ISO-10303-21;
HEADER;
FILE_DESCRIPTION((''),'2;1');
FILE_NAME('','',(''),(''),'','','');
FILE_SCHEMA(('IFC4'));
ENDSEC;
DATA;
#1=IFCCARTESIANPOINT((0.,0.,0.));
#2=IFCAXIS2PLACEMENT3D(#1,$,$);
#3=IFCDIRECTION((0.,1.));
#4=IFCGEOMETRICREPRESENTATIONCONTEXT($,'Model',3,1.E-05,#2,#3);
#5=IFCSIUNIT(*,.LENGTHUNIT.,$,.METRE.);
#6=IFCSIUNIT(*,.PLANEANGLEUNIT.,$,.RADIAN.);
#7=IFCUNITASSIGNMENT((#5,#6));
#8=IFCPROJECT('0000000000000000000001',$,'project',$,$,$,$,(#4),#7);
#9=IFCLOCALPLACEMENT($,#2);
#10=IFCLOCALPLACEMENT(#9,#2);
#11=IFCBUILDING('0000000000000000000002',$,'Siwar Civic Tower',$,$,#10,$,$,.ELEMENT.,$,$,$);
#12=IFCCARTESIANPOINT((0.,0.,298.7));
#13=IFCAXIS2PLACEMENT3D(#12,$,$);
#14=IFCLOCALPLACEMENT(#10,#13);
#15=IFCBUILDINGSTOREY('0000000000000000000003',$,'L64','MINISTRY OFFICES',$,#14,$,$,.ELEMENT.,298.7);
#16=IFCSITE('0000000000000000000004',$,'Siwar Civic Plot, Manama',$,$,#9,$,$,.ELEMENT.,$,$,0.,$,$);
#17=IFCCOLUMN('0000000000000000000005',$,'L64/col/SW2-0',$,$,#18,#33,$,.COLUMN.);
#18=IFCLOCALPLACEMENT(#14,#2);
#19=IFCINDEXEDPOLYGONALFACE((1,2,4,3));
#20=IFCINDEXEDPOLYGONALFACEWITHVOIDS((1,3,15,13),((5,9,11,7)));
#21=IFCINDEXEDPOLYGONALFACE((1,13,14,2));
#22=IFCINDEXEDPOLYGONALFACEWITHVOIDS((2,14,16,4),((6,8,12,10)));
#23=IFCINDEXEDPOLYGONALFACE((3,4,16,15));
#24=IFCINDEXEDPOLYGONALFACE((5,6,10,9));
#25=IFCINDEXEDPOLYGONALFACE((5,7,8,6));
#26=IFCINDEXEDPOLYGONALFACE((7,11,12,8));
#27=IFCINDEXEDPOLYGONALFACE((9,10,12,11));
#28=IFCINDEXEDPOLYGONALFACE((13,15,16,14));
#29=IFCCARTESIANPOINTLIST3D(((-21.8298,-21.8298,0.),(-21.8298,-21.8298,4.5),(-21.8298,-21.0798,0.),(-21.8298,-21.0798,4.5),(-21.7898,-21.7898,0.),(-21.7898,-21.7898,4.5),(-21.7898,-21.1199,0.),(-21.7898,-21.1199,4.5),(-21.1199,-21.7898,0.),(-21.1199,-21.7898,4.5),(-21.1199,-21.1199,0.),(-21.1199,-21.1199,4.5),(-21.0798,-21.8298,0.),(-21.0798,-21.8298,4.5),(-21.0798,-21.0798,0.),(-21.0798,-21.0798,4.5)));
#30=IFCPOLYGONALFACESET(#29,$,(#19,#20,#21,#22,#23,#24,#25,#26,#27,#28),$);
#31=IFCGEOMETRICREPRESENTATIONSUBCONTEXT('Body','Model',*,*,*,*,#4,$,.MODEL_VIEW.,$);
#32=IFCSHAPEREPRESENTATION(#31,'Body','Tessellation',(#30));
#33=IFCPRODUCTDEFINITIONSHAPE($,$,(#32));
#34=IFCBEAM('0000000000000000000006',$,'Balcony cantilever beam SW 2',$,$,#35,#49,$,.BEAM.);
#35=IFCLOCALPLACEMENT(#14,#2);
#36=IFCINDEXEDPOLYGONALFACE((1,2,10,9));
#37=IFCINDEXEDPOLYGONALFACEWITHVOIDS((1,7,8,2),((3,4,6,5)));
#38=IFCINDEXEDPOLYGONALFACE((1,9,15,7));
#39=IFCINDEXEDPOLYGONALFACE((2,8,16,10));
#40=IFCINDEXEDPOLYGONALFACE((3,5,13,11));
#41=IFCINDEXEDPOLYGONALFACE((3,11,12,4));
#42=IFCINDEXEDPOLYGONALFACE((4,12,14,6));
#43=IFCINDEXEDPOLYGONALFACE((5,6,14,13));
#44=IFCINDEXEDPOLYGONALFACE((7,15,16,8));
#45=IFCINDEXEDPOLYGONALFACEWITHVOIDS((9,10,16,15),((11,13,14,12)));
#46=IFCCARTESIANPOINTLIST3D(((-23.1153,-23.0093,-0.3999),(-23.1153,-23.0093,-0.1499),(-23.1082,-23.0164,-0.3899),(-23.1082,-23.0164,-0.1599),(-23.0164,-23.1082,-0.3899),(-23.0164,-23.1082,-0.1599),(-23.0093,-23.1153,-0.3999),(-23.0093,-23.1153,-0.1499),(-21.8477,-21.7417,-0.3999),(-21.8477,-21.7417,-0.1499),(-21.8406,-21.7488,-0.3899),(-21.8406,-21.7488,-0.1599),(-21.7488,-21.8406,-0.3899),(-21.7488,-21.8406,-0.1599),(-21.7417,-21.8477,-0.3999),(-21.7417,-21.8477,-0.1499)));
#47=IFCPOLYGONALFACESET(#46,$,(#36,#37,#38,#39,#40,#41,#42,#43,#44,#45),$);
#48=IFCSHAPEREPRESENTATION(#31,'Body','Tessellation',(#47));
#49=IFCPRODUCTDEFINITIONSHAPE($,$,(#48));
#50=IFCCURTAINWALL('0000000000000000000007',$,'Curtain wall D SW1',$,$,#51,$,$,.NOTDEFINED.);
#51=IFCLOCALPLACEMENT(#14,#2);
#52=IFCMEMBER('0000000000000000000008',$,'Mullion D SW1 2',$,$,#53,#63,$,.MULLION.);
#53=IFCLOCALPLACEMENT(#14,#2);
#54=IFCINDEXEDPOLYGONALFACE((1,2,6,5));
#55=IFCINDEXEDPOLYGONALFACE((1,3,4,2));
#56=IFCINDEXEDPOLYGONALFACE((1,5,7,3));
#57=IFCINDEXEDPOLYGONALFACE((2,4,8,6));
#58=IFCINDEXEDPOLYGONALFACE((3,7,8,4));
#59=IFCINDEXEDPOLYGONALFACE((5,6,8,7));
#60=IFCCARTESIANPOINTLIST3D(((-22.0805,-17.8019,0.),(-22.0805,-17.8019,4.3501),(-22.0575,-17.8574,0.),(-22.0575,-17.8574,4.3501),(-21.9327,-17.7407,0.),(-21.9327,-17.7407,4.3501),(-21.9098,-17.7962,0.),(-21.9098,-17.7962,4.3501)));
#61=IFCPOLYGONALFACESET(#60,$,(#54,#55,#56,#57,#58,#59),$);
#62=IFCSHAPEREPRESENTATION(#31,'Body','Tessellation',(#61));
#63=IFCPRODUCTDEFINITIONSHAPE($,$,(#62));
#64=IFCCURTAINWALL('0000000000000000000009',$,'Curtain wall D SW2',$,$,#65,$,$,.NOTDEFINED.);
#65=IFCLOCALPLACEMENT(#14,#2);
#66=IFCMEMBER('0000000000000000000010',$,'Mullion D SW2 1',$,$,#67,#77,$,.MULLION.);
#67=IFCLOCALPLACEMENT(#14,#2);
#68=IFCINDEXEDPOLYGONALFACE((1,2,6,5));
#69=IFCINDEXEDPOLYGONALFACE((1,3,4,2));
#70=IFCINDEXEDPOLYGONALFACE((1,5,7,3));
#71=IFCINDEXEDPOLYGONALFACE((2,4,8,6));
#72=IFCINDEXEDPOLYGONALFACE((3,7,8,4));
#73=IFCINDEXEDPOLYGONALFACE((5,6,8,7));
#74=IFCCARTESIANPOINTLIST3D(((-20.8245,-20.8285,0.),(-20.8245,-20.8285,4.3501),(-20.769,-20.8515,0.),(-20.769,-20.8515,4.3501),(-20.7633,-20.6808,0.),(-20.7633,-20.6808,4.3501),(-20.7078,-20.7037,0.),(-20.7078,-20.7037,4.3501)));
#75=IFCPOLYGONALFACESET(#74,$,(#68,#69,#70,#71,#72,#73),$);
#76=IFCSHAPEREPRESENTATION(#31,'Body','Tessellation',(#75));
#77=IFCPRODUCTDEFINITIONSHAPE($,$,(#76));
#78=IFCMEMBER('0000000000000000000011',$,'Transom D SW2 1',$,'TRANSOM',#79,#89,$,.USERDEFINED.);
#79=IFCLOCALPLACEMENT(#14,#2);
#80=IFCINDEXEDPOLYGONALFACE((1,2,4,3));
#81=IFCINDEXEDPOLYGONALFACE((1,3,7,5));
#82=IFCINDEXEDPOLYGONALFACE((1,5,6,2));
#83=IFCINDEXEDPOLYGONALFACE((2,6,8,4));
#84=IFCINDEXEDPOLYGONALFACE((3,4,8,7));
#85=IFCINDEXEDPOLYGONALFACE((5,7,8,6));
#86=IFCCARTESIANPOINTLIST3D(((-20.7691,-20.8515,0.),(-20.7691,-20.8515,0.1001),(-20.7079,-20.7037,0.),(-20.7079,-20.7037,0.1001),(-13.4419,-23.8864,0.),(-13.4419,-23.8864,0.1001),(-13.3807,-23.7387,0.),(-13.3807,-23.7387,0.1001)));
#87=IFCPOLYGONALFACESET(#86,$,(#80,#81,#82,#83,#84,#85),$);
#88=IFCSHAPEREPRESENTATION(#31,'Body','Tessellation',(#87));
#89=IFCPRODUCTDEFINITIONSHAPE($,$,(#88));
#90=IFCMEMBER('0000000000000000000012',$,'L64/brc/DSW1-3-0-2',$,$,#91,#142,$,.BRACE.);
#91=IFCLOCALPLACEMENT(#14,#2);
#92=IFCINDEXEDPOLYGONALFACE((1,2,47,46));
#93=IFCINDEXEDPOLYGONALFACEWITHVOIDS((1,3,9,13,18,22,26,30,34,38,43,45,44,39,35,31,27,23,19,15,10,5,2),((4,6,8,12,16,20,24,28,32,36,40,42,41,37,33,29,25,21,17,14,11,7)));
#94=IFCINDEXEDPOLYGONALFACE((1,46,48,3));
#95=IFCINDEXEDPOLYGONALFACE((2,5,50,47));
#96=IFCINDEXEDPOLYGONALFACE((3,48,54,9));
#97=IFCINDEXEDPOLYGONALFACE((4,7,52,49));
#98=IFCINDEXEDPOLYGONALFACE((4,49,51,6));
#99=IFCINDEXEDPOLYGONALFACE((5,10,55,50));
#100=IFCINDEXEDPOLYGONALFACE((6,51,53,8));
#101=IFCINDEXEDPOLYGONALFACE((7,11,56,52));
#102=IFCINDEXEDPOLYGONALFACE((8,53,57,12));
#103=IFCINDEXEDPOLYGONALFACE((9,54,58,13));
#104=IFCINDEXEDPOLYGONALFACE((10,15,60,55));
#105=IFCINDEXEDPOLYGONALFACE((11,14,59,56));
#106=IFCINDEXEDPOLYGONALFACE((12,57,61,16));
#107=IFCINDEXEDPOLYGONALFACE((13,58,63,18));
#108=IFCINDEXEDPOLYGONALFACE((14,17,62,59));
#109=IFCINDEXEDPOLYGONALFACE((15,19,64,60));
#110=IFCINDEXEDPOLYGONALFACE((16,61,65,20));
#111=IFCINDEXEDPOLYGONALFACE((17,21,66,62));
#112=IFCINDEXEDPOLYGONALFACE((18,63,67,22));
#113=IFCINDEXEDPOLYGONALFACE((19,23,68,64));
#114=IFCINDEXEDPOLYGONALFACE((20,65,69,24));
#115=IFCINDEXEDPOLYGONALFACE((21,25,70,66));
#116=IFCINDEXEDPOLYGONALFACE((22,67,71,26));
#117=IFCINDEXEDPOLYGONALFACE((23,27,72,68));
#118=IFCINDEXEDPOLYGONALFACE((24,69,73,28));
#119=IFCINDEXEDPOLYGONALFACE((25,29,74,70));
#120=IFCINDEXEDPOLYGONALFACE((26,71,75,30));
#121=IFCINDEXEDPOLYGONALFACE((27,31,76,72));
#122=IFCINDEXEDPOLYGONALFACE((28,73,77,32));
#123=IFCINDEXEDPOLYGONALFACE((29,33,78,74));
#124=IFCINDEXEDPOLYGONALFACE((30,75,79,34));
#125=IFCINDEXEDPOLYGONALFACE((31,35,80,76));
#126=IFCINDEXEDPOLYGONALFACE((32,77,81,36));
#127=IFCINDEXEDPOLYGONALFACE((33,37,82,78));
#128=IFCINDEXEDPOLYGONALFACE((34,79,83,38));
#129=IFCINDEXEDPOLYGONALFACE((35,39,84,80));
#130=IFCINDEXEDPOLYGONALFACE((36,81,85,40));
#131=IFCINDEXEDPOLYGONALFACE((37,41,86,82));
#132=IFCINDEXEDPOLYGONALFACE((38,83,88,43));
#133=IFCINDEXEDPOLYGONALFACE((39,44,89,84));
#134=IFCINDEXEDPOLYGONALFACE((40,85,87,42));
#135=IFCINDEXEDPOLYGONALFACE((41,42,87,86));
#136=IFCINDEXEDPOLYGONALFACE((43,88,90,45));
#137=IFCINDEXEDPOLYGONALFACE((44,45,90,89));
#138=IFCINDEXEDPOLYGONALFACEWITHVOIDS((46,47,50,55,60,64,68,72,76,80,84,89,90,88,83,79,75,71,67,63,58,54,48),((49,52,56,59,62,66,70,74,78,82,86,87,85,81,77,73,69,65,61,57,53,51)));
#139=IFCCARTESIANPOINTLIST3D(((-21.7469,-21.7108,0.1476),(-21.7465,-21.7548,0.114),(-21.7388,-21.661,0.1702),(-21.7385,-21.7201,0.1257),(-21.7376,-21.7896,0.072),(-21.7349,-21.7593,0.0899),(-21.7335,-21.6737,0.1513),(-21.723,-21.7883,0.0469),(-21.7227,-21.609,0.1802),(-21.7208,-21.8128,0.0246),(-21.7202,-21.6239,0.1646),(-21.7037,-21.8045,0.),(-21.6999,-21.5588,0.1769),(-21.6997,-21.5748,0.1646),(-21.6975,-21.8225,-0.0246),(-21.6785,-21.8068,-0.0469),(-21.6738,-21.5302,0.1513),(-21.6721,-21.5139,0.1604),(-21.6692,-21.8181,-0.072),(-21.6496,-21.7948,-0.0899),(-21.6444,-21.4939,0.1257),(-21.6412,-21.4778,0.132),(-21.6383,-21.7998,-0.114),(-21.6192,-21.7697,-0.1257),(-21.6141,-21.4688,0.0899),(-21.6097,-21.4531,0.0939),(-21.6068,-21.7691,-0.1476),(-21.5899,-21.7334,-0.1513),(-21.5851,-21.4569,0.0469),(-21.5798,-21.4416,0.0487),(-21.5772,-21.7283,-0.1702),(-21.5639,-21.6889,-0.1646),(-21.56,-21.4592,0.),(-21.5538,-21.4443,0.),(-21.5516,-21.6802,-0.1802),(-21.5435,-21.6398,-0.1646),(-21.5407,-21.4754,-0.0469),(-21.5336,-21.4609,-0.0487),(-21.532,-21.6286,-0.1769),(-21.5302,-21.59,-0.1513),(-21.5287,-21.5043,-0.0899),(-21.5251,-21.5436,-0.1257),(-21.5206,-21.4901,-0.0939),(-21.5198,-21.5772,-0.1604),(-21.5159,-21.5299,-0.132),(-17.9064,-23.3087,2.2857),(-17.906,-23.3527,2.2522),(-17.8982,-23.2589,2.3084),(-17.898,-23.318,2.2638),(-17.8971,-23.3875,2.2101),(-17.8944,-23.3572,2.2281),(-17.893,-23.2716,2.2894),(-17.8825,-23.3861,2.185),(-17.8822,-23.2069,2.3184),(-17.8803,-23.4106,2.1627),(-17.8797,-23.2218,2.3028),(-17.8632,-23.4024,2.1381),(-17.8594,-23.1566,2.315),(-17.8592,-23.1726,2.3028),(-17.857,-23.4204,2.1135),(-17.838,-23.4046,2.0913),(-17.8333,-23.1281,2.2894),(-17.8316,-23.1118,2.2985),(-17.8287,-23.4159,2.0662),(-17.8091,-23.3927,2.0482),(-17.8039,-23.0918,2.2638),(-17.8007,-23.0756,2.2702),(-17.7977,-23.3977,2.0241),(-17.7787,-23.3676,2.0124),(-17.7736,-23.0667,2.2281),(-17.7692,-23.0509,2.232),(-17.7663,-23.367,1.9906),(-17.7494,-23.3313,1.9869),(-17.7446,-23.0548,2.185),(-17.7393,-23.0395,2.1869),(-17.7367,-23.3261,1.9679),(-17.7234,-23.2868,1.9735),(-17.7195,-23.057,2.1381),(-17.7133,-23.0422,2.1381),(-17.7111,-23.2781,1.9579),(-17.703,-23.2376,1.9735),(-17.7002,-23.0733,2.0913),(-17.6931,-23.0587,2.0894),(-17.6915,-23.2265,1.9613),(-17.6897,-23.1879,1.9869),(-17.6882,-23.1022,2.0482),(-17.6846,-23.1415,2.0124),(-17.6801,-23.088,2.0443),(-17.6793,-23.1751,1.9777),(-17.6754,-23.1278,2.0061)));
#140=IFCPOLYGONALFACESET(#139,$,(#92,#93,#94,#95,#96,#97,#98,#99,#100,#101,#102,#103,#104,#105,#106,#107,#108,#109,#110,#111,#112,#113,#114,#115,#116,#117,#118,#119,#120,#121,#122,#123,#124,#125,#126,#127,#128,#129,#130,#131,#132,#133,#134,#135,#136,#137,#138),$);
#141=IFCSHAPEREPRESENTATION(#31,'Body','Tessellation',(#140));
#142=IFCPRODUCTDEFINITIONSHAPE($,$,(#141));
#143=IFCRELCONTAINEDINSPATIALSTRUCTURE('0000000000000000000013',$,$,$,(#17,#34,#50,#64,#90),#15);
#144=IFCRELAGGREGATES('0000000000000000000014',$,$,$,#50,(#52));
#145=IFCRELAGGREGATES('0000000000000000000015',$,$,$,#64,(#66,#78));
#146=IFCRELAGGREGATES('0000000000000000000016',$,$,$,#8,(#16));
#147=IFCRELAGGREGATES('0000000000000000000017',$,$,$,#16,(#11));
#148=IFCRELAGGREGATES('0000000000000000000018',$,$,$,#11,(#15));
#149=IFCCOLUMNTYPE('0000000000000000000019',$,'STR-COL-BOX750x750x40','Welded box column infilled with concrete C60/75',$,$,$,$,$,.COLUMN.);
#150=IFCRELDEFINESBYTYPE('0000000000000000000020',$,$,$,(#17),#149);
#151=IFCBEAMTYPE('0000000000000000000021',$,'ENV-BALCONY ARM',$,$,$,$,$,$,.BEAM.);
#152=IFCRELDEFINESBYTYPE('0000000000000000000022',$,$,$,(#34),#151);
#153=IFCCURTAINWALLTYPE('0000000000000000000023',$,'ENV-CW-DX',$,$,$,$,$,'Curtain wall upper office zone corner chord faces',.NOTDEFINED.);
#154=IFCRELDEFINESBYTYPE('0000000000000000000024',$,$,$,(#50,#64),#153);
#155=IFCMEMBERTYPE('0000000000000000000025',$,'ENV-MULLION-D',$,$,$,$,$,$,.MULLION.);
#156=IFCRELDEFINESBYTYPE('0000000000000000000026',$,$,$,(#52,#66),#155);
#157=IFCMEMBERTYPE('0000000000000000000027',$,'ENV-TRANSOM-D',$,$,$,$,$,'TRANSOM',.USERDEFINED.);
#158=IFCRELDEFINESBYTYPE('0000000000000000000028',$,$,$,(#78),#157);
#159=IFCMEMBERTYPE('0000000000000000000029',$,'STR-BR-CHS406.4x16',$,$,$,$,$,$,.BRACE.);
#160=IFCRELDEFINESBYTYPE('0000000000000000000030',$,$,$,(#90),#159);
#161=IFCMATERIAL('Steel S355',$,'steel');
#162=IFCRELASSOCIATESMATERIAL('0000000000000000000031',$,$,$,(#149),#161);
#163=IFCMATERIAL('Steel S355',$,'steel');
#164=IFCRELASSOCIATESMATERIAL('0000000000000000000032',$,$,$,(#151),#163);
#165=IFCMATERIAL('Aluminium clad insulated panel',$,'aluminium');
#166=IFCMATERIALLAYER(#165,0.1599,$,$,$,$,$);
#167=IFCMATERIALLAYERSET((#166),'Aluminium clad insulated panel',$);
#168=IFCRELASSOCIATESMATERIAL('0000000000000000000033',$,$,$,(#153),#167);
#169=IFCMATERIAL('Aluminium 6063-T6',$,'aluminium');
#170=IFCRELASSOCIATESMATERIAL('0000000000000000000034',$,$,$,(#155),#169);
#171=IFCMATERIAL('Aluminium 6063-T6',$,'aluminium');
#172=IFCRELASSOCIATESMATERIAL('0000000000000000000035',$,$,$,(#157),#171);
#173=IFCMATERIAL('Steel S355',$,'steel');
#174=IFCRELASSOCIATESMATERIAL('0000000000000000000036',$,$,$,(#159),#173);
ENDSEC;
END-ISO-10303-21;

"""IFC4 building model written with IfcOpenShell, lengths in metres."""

from ifc_helpers import new_model, si_unit, direction, frame, origin, origin_2d, place, context, subcontext, project, spatial, rectangle, hollow_rectangle, hollow_circle, extrude, material, layer, layer_set, material_profile, profile_set, type_object, element, aggregate, save


model = new_model("IFC4")

# Units and contexts
model_context = context("Model", 3, precision=1e-05, world=origin(), true_north=direction((0.0, 1.0)))
body_context = subcontext(model_context, "Body", "Model", "MODEL_VIEW")
ifc_project = project(units=[si_unit("LENGTHUNIT", "METRE"), si_unit("PLANEANGLEUNIT", "RADIAN")], contexts=[model_context])

# Site, building, storey
site_placement = place(None, origin())
site = spatial("IfcSite", under=ifc_project, at=site_placement, Name="Siwar Civic Plot, Manama", CompositionType="ELEMENT", RefElevation=0.0)
building_placement = place(site_placement, origin())
building = spatial("IfcBuilding", under=site, at=building_placement, Name="Siwar Civic Tower", CompositionType="ELEMENT")
storey_placement = place(building_placement, frame((0.0, 0.0, 298.7)))
storey = spatial("IfcBuildingStorey", under=building, at=storey_placement, Name="L64", Description="MINISTRY OFFICES", CompositionType="ELEMENT", Elevation=298.7)

# Column
ifc_material_1 = material(Name="Steel S355", Category="steel")
ifc_material_profile_1 = material_profile(ifc_material_1, hollow_rectangle(XDim=0.75, YDim=0.75, WallThickness=0.04, at=origin_2d()), Name="BOX750x750x40")
ifc_profile_set_1 = profile_set([ifc_material_profile_1], Name="Steel S355")
column_type = type_object("IfcColumnType", Name="STR-COL-BOX750x750x40", Description="Welded box column infilled with concrete C60/75", PredefinedType="COLUMN", material=ifc_profile_set_1)
column_placement = place(storey_placement, frame((-21.4548, -21.4548, 0.0), z_axis=(0.0, 0.0, 1.0), x_axis=(1.0, 0.0, 0.0)))
element("IfcColumn", 1, at=column_placement, inside=storey, type_object=column_type, Name="L64/col/SW2-0", PredefinedType="COLUMN", context=body_context, shape_type="SweptSolid", body=[
    extrude(hollow_rectangle(XDim=0.75, YDim=0.75, WallThickness=0.04, at=origin_2d()), origin(), (0.0, 0.0, 1.0), 4.5),
])

# Beam
ifc_material_2 = material(Name="Steel S355", Category="steel")
ifc_material_profile_2 = material_profile(ifc_material_2, hollow_rectangle(XDim=0.1499, YDim=0.25, WallThickness=0.01, at=origin_2d()), Name="RHS250x150x10")
ifc_profile_set_2 = profile_set([ifc_material_profile_2], Name="Steel S355")
beam_type_1 = type_object("IfcBeamType", Name="ENV-BALCONY ARM", PredefinedType="BEAM", material=ifc_profile_set_2)
beam_1_placement = place(storey_placement, frame((-21.7947, -21.7947, -0.2749), z_axis=(-0.707107, -0.707107, 0.0), x_axis=(0.707107, -0.707107, 0.0)))
element("IfcBeam", 2, at=beam_1_placement, inside=storey, type_object=beam_type_1, Name="Balcony cantilever beam SW 2", PredefinedType="BEAM", context=body_context, shape_type="SweptSolid", body=[
    extrude(hollow_rectangle(XDim=0.1499, YDim=0.25, WallThickness=0.01, at=origin_2d()), origin(), (0.0, 0.0, 1.0), 1.7927),
])

# Curtain wall, member
ifc_material_3 = material(Name="Aluminium clad insulated panel", Category="aluminium")
ifc_layer_1 = layer(ifc_material_3, 0.1599)
ifc_layer_set_1 = layer_set([ifc_layer_1], Name="Aluminium clad insulated panel")
curtain_wall_type = type_object("IfcCurtainWallType", Name="ENV-CW-DX", ElementType="Curtain wall upper office zone corner chord faces", PredefinedType="NOTDEFINED", material=ifc_layer_set_1)
curtain_wall_1_placement = place(storey_placement, origin())
curtain_wall_1 = element("IfcCurtainWall", 3, at=curtain_wall_1_placement, inside=storey, type_object=curtain_wall_type, Name="Curtain wall D SW1", PredefinedType="NOTDEFINED")
ifc_material_4 = material(Name="Aluminium 6063-T6", Category="aluminium")
ifc_material_profile_3 = material_profile(ifc_material_4, rectangle(XDim=0.1599, YDim=0.0601, at=origin_2d()), Name="AL 160x60")
ifc_profile_set_3 = profile_set([ifc_material_profile_3], Name="Aluminium 6063-T6")
member_type_1 = type_object("IfcMemberType", Name="ENV-MULLION-D", PredefinedType="MULLION", material=ifc_profile_set_3)
member_1_placement = place(storey_placement, frame((-21.9951, -17.7991, 0.0), z_axis=(0.0, 0.0, 1.0), x_axis=(0.92388, 0.382683, 0.0)))
member_1 = element("IfcMember", 4, at=member_1_placement, type_object=member_type_1, Name="Mullion D SW1 2", PredefinedType="MULLION", context=body_context, shape_type="SweptSolid", body=[
    extrude(rectangle(XDim=0.1599, YDim=0.0601, at=origin_2d()), origin(), (0.0, 0.0, 1.0), 4.3501),
])
aggregate(curtain_wall_1, [member_1])

# Curtain wall, members
curtain_wall_2_placement = place(storey_placement, origin())
curtain_wall_2 = element("IfcCurtainWall", 5, at=curtain_wall_2_placement, inside=storey, type_object=curtain_wall_type, Name="Curtain wall D SW2", PredefinedType="NOTDEFINED")
member_2_placement = place(storey_placement, frame((-20.7661, -20.7661, 0.0), z_axis=(0.0, 0.0, 1.0), x_axis=(0.382683, 0.92388, 0.0)))
member_2 = element("IfcMember", 6, at=member_2_placement, type_object=member_type_1, Name="Mullion D SW2 1", PredefinedType="MULLION", context=body_context, shape_type="SweptSolid", body=[
    extrude(rectangle(XDim=0.1599, YDim=0.0601, at=origin_2d()), origin(), (0.0, 0.0, 1.0), 4.3501),
])
ifc_material_5 = material(Name="Aluminium 6063-T6", Category="aluminium")
ifc_material_profile_4 = material_profile(ifc_material_5, rectangle(XDim=0.1599, YDim=0.1001, at=origin_2d()), Name="AL 160x100")
ifc_profile_set_4 = profile_set([ifc_material_profile_4], Name="Aluminium 6063-T6")
member_type_2 = type_object("IfcMemberType", Name="ENV-TRANSOM-D", ElementType="TRANSOM", PredefinedType="USERDEFINED", material=ifc_profile_set_4)
member_3_placement = place(storey_placement, frame((-20.7385, -20.7776, 0.05), z_axis=(0.923884, -0.382674, 0.0), x_axis=(0.382674, 0.923884, 0.0)))
member_3 = element("IfcMember", 7, at=member_3_placement, type_object=member_type_2, Name="Transom D SW2 1", ObjectType="TRANSOM", PredefinedType="USERDEFINED", context=body_context, shape_type="SweptSolid", body=[
    extrude(rectangle(XDim=0.1599, YDim=0.1001, at=origin_2d()), origin(), (0.0, 0.0, 1.0), 7.9309),
])

# Member
ifc_material_6 = material(Name="Steel S355", Category="steel")
ifc_material_profile_5 = material_profile(ifc_material_6, hollow_circle(Radius=0.2031, WallThickness=0.0161, at=origin_2d()), Name="CHS406.4x16")
ifc_profile_set_5 = profile_set([ifc_material_profile_5], Name="Steel S355")
member_type_3 = type_object("IfcMemberType", Name="STR-BR-CHS406.4x16", PredefinedType="BRACE", material=ifc_profile_set_5)
member_4_placement = place(storey_placement, frame((-21.6318, -21.6318, 0.0), z_axis=(0.821147, -0.341644, 0.457161), x_axis=(0.384136, 0.923276, 0.0)))
element("IfcMember", 8, at=member_4_placement, inside=storey, type_object=member_type_3, Name="L64/brc/DSW1-3-0-2", PredefinedType="BRACE", context=body_context, shape_type="SweptSolid", body=[
    extrude(hollow_circle(Radius=0.2031, WallThickness=0.0161, at=origin_2d()), origin(), (0.0, 0.0, 1.0), 4.677),
])

aggregate(curtain_wall_2, [member_2, member_3])

save(model, "model.ifc")
